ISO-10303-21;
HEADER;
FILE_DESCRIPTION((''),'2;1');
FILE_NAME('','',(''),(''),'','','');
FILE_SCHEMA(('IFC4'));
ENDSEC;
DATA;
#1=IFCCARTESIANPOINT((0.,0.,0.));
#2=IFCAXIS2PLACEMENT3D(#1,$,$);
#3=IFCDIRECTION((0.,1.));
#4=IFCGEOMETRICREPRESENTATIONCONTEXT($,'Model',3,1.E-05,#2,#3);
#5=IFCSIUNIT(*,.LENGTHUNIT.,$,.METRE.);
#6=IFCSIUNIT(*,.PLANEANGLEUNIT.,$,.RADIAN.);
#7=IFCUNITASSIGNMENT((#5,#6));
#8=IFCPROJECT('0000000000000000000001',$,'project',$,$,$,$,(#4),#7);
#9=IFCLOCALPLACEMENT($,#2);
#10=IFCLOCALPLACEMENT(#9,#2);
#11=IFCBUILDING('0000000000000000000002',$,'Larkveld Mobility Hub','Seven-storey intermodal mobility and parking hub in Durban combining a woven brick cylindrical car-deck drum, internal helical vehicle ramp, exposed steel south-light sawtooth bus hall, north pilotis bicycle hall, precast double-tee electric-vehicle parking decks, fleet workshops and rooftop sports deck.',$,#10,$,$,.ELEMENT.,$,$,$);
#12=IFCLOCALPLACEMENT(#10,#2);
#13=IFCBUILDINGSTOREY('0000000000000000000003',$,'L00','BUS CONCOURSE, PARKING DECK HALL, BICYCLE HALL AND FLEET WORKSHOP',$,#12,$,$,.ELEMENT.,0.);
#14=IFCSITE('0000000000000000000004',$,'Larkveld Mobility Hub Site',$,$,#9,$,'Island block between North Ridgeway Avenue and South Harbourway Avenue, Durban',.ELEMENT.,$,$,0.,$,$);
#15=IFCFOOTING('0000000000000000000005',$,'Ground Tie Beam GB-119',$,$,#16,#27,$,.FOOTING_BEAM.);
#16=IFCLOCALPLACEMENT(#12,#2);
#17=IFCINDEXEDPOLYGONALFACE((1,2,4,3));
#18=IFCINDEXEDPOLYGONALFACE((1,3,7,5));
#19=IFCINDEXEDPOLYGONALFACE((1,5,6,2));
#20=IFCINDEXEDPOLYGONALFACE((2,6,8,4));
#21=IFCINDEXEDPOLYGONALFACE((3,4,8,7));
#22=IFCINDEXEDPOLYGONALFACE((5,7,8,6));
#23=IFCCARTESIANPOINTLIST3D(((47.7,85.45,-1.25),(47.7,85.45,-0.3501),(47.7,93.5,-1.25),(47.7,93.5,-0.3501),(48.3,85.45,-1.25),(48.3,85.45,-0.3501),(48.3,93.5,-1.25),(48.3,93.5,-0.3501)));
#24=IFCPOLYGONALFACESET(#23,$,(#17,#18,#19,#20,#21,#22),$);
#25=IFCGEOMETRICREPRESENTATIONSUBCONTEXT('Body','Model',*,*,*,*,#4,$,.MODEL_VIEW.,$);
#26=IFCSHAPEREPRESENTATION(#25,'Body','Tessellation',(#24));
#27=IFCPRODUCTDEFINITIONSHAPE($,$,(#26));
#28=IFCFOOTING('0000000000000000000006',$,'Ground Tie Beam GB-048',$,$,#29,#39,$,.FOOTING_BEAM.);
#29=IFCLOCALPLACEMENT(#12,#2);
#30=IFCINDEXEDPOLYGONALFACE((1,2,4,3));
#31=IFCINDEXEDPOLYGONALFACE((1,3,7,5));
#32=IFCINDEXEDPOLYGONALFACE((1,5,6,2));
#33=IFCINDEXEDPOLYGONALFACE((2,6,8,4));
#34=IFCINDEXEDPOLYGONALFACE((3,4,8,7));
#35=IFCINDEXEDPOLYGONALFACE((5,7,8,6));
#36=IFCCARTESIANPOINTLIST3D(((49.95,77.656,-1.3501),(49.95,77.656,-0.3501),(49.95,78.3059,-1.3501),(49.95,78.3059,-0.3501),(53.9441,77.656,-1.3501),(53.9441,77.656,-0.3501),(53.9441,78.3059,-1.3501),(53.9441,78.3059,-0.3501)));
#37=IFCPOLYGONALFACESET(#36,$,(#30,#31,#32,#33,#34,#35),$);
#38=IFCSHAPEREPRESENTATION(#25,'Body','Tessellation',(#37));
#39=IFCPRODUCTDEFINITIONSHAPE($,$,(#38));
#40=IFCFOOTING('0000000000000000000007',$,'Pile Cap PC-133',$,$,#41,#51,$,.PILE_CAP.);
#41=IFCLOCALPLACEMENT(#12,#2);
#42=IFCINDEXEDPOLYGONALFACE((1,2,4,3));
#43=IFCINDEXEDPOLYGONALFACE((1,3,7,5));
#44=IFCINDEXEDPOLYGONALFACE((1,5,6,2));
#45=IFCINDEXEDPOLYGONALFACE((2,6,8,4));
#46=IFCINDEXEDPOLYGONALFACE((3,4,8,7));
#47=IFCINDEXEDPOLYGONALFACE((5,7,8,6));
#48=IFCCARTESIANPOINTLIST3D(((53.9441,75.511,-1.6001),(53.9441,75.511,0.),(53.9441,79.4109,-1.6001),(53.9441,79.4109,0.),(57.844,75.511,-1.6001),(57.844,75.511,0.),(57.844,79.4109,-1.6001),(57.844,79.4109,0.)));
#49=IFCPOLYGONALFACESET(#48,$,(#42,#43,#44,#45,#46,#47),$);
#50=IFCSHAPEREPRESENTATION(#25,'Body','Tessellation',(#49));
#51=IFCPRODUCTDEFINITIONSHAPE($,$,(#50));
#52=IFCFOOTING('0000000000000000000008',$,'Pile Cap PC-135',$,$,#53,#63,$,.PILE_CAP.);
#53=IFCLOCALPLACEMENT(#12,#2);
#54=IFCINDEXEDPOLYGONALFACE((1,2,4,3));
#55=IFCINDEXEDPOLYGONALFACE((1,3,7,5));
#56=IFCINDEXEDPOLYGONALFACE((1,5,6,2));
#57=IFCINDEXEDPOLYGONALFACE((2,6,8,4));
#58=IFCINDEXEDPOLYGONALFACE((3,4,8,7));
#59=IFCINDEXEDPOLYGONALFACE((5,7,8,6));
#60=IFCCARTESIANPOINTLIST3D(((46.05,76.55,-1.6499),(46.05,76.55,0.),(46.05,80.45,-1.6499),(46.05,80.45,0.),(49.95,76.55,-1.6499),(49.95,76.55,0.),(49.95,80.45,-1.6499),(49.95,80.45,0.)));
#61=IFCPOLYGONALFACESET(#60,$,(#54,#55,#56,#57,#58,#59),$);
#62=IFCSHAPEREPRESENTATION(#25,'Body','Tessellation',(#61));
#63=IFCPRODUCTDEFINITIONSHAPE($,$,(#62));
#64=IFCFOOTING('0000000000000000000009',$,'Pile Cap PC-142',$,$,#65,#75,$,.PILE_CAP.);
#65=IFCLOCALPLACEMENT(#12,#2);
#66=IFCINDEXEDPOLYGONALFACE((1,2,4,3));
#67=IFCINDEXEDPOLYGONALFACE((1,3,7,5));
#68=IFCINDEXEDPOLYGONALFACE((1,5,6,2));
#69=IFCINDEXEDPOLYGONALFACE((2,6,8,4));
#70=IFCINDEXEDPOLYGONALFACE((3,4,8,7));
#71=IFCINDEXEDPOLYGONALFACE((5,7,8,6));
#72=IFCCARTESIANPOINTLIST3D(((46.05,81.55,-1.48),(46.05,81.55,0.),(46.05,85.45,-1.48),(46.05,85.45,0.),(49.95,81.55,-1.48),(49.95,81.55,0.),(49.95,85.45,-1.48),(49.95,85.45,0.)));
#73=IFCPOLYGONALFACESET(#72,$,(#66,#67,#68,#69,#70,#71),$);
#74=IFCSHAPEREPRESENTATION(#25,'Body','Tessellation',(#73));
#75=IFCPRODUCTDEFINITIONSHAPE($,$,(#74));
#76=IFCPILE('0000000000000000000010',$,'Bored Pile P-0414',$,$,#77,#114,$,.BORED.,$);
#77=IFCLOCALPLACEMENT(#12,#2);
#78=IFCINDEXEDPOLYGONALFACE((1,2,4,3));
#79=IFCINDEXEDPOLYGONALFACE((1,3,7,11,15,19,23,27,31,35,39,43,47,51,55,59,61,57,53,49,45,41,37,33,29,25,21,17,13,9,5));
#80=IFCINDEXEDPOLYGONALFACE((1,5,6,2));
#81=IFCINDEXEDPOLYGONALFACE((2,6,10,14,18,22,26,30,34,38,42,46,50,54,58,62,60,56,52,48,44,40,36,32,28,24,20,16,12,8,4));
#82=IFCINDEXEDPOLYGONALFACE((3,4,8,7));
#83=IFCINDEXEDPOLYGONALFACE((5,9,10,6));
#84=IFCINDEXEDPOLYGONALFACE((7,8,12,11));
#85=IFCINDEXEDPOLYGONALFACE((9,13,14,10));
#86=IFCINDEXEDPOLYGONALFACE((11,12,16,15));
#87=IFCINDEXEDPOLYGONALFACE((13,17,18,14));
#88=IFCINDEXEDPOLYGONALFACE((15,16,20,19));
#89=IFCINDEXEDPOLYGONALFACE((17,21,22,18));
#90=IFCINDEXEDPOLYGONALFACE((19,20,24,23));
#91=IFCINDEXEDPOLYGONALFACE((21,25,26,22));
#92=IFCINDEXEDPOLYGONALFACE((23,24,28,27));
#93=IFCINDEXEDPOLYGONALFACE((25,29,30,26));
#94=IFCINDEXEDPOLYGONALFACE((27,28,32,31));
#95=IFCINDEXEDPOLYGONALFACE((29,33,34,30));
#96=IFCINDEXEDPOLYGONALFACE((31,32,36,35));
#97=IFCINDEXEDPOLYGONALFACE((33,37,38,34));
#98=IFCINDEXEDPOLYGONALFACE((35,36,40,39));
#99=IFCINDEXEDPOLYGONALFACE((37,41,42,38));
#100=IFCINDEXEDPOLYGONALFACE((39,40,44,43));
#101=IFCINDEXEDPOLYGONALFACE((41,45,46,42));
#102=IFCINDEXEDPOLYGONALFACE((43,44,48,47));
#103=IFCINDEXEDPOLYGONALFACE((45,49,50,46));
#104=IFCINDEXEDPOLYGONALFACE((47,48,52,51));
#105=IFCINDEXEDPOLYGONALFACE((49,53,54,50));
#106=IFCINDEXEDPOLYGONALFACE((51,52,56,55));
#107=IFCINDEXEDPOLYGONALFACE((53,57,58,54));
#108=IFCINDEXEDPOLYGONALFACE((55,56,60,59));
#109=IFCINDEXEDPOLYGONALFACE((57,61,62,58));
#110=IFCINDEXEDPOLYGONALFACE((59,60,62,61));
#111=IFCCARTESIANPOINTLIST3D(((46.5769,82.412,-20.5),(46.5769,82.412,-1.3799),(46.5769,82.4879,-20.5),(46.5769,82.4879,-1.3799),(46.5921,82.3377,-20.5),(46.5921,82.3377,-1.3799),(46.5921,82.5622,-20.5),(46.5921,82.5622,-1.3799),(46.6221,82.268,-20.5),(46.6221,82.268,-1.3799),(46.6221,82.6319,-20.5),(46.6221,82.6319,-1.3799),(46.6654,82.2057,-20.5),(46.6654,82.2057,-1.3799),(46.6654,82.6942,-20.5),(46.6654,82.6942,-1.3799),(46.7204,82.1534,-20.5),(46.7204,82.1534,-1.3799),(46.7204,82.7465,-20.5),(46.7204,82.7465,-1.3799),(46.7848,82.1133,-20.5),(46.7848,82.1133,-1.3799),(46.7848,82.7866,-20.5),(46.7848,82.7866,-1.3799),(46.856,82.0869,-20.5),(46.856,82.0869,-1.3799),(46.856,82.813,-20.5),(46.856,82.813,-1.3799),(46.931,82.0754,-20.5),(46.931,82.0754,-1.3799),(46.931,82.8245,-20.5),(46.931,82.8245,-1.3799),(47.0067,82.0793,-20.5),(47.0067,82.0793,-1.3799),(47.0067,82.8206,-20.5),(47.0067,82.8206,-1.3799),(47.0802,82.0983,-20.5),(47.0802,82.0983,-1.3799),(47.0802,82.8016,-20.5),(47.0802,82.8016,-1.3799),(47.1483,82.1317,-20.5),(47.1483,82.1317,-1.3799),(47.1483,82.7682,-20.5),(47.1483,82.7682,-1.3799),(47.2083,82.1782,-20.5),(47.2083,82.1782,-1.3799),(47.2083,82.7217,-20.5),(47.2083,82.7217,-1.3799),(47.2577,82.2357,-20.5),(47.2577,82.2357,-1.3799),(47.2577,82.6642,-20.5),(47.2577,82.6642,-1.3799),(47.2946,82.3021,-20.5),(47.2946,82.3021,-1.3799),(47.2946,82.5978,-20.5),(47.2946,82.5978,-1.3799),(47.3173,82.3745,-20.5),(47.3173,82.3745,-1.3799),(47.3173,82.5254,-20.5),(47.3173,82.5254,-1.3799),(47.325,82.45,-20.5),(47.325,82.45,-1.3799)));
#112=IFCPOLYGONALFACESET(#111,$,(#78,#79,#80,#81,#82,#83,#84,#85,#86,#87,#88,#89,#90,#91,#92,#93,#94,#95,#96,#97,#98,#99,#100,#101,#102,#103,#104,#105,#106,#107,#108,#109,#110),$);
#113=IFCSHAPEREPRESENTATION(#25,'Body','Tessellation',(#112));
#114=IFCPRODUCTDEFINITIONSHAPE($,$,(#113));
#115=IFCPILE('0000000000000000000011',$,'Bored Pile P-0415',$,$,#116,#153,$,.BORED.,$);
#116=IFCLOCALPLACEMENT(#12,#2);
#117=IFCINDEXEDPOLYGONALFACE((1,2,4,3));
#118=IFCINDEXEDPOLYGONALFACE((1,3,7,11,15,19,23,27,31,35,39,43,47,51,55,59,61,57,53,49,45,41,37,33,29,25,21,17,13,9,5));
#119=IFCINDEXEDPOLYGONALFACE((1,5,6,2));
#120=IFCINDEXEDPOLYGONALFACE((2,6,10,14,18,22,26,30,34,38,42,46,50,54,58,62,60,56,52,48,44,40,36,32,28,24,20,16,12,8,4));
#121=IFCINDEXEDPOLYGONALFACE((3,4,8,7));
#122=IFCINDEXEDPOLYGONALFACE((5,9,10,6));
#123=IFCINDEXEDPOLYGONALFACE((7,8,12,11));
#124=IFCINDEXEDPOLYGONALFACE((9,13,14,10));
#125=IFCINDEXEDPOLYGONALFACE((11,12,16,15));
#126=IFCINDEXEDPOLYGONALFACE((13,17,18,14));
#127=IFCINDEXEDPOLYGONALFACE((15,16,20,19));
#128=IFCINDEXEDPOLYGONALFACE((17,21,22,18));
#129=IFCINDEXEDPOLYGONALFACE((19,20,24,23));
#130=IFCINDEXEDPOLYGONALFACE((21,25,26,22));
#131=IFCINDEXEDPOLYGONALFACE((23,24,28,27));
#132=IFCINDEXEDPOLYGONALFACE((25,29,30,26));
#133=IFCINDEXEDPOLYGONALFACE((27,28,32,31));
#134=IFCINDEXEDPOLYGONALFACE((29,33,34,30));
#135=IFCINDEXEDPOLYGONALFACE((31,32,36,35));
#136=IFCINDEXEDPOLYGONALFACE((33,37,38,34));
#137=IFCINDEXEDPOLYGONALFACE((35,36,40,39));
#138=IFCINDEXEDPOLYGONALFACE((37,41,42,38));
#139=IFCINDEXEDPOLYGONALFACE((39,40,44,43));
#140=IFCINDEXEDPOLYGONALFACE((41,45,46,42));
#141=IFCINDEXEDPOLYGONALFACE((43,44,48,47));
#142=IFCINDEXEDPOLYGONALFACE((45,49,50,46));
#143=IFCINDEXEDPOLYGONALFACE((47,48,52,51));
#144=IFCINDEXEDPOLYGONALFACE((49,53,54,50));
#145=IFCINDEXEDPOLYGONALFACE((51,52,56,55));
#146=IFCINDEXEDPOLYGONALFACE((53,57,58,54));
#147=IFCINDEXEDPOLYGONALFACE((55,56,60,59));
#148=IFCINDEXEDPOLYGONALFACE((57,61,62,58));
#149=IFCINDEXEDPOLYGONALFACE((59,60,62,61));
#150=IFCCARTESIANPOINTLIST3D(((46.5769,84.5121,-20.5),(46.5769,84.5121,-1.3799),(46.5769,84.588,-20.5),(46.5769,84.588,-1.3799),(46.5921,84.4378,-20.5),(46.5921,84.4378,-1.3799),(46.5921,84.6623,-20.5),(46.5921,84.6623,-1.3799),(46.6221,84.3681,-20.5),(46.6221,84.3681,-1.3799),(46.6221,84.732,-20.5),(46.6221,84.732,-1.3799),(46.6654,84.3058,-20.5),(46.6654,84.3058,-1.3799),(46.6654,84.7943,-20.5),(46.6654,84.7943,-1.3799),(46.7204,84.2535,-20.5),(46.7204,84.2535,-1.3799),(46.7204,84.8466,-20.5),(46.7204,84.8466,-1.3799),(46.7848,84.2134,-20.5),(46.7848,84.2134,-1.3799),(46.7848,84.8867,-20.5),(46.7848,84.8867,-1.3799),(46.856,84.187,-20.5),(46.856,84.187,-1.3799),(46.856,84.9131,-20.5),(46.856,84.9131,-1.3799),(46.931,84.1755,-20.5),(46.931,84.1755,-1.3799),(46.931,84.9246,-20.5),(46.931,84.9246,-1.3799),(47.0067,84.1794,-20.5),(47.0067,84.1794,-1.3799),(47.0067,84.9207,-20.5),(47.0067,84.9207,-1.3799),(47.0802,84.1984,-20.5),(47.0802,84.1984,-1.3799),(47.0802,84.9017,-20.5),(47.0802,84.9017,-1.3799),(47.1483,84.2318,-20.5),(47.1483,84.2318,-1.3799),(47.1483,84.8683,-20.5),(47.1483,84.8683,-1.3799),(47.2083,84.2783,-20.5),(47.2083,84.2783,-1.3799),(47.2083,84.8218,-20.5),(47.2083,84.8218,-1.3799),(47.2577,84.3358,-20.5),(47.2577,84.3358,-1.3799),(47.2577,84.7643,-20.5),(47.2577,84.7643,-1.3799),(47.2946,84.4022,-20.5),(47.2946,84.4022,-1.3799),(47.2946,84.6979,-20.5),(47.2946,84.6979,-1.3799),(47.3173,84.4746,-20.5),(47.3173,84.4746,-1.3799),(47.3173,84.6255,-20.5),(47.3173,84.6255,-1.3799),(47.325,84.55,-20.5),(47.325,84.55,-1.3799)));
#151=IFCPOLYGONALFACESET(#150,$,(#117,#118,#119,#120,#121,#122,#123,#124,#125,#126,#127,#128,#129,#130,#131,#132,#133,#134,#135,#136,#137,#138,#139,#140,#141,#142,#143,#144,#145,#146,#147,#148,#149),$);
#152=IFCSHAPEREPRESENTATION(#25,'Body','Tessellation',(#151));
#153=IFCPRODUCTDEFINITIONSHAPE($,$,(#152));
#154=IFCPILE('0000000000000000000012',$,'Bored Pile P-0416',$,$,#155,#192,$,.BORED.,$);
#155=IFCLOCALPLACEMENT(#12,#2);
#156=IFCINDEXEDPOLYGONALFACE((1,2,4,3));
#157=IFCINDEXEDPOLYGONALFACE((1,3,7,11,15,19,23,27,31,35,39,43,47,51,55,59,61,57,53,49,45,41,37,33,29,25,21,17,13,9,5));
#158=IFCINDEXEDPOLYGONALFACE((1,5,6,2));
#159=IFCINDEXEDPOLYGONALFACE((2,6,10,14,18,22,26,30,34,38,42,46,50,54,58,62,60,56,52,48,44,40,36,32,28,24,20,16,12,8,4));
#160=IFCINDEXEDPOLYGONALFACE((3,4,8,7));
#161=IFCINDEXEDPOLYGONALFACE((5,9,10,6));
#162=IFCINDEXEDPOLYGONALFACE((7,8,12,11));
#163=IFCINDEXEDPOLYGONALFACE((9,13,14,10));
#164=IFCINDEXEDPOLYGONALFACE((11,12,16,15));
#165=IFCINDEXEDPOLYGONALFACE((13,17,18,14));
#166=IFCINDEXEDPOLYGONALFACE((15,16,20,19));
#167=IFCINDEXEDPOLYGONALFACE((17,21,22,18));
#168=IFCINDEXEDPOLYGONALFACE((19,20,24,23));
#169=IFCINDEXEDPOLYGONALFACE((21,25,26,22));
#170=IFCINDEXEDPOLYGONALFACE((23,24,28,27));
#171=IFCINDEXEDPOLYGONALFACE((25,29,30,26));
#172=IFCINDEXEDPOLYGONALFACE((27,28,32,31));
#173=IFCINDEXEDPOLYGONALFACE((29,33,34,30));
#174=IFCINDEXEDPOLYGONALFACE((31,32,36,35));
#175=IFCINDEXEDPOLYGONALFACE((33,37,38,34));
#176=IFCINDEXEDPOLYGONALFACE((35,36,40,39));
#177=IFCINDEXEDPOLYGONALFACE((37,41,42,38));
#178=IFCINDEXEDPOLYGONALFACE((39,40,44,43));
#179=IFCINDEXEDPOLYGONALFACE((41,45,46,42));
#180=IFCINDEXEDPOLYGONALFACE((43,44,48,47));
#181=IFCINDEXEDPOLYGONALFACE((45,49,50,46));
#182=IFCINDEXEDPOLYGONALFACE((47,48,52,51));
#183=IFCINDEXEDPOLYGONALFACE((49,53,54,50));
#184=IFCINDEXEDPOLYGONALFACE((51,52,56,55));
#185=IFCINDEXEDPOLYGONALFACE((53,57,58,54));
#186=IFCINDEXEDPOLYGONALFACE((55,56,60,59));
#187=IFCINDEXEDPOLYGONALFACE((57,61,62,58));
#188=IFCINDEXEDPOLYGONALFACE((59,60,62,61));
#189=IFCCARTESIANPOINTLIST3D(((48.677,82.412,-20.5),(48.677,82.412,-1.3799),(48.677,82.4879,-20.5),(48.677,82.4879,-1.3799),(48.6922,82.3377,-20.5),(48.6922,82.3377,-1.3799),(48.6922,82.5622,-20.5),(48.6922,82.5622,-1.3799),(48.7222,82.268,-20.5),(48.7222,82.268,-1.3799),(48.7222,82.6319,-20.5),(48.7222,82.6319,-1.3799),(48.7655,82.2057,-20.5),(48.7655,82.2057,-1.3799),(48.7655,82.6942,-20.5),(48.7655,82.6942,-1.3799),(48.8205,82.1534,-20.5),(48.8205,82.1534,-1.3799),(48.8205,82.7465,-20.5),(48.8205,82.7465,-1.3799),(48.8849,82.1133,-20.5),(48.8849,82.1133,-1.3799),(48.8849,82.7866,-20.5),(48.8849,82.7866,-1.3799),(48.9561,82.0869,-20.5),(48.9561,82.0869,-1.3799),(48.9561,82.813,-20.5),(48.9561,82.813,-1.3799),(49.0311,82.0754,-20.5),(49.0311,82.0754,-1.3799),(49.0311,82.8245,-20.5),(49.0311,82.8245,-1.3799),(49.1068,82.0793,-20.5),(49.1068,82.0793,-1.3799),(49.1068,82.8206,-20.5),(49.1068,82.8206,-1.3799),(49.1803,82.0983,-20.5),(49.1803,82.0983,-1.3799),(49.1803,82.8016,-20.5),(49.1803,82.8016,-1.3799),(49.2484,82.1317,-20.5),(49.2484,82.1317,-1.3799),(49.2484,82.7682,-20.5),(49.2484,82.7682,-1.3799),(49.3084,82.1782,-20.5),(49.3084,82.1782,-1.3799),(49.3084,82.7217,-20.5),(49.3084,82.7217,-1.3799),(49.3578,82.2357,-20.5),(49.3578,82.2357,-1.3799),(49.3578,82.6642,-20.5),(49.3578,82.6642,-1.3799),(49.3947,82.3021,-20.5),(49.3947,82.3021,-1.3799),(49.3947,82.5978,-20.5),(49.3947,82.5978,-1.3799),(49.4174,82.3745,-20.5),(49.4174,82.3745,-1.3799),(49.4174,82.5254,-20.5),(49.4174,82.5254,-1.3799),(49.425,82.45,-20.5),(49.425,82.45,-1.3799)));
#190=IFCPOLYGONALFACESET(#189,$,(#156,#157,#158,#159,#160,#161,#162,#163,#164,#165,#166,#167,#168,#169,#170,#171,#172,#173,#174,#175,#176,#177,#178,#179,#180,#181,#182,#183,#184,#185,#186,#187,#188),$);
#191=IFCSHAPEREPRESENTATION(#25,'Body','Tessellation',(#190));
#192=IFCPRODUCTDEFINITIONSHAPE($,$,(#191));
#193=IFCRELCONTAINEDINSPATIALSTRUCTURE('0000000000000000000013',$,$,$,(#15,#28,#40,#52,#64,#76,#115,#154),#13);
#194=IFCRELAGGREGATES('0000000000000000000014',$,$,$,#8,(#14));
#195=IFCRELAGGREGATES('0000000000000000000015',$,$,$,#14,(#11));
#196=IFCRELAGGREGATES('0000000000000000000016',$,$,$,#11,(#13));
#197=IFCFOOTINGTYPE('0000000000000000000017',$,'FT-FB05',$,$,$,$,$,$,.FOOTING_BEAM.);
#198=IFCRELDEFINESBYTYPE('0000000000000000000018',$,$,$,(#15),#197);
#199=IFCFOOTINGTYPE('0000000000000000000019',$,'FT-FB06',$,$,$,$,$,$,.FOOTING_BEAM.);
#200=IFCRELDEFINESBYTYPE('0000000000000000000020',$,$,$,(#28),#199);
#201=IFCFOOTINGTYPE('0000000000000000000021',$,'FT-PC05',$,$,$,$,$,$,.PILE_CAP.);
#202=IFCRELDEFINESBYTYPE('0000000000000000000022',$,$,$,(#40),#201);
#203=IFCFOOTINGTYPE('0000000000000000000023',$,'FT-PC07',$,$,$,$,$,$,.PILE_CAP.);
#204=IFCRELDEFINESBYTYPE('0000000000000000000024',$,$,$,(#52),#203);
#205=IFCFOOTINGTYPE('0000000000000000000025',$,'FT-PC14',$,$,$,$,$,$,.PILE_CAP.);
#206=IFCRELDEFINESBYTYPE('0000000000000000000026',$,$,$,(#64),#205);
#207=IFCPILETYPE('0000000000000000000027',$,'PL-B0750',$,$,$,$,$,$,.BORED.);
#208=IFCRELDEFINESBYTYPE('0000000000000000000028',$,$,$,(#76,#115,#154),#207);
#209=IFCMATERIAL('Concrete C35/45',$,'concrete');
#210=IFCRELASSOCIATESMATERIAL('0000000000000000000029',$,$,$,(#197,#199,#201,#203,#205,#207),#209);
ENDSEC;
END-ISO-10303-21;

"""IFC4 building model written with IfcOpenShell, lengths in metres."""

from ifc_helpers import new_model, si_unit, direction, frame, origin, origin_2d, place, context, subcontext, project, spatial, rectangle, circle, extrude, material, material_profile, profile_set, type_object, element, save


model = new_model("IFC4")

# Units and contexts
model_context = context("Model", 3, precision=1e-05, world=origin(), true_north=direction((0.0, 1.0)))
body_context = subcontext(model_context, "Body", "Model", "MODEL_VIEW")
ifc_project = project(units=[si_unit("LENGTHUNIT", "METRE"), si_unit("PLANEANGLEUNIT", "RADIAN")], contexts=[model_context])

# Site, building, storey
site_placement = place(None, origin())
site = spatial("IfcSite", under=ifc_project, at=site_placement, Name="Larkveld Mobility Hub Site", LongName="Island block between North Ridgeway Avenue and South Harbourway Avenue, Durban", CompositionType="ELEMENT", RefElevation=0.0)
building_placement = place(site_placement, origin())
building = spatial("IfcBuilding", under=site, at=building_placement, Name="Larkveld Mobility Hub", Description="Seven-storey intermodal mobility and parking hub in Durban combining a woven brick cylindrical car-deck drum, internal helical vehicle ramp, exposed steel south-light sawtooth bus hall, north pilotis bicycle hall, precast double-tee electric-vehicle parking decks, fleet workshops and rooftop sports deck.", CompositionType="ELEMENT")
storey_placement = place(building_placement, origin())
storey = spatial("IfcBuildingStorey", under=building, at=storey_placement, Name="L00", Description="BUS CONCOURSE, PARKING DECK HALL, BICYCLE HALL AND FLEET WORKSHOP", CompositionType="ELEMENT", Elevation=0.0)

# Footings
ifc_material_1 = material(Name="Concrete C35/45", Category="concrete")
ifc_material_profile_1 = material_profile(ifc_material_1, rectangle(XDim=0.6001, YDim=0.8999, at=origin_2d()), Name="RC BM 600x900")
ifc_profile_set_1 = profile_set([ifc_material_profile_1], Name="Concrete C35/45")
footing_type_1 = type_object("IfcFootingType", Name="FT-FB05", PredefinedType="FOOTING_BEAM", material=ifc_profile_set_1)
footing_1_placement = place(storey_placement, frame((48.0, 85.45, -0.8), z_axis=(0.0, 1.0, 0.0), x_axis=(-1.0, 0.0, 0.0)))
element("IfcFooting", 1, at=footing_1_placement, inside=storey, type_object=footing_type_1, Name="Ground Tie Beam GB-119", PredefinedType="FOOTING_BEAM", context=body_context, shape_type="SweptSolid", body=[
    extrude(rectangle(XDim=0.6001, YDim=0.8999, at=origin_2d()), origin(), (0.0, 0.0, 1.0), 8.05),
])
ifc_material_profile_2 = material_profile(ifc_material_1, rectangle(XDim=0.6499, YDim=1.0, at=origin_2d()), Name="RC BM 650x1000")
ifc_profile_set_2 = profile_set([ifc_material_profile_2], Name="Concrete C35/45")
footing_type_2 = type_object("IfcFootingType", Name="FT-FB06", PredefinedType="FOOTING_BEAM", material=ifc_profile_set_2)
footing_2_placement = place(storey_placement, frame((49.95, 77.981, -0.8501), z_axis=(1.0, 0.0, 0.0), x_axis=(0.0, 1.0, 0.0)))
element("IfcFooting", 2, at=footing_2_placement, inside=storey, type_object=footing_type_2, Name="Ground Tie Beam GB-048", PredefinedType="FOOTING_BEAM", context=body_context, shape_type="SweptSolid", body=[
    extrude(rectangle(XDim=0.6499, YDim=1.0, at=origin_2d()), origin(), (0.0, 0.0, 1.0), 3.9941),
])
footing_type_3 = type_object("IfcFootingType", Name="FT-PC05", PredefinedType="PILE_CAP", material=ifc_material_1)
footing_3_placement = place(storey_placement, frame((55.894, 77.4609, -1.6001), z_axis=(0.0, 0.0, 1.0), x_axis=(1.0, 0.0, 0.0)))
element("IfcFooting", 3, at=footing_3_placement, inside=storey, type_object=footing_type_3, Name="Pile Cap PC-133", PredefinedType="PILE_CAP", context=body_context, shape_type="SweptSolid", body=[
    extrude(rectangle(XDim=3.8999, YDim=3.8999, at=origin_2d()), origin(), (0.0, 0.0, 1.0), 1.6001),
])
footing_type_4 = type_object("IfcFootingType", Name="FT-PC07", PredefinedType="PILE_CAP", material=ifc_material_1)
footing_4_placement = place(storey_placement, frame((48.0, 78.5, -1.6499), z_axis=(0.0, 0.0, 1.0), x_axis=(1.0, 0.0, 0.0)))
element("IfcFooting", 4, at=footing_4_placement, inside=storey, type_object=footing_type_4, Name="Pile Cap PC-135", PredefinedType="PILE_CAP", context=body_context, shape_type="SweptSolid", body=[
    extrude(rectangle(XDim=3.8999, YDim=3.8999, at=origin_2d()), origin(), (0.0, 0.0, 1.0), 1.6499),
])
footing_type_5 = type_object("IfcFootingType", Name="FT-PC14", PredefinedType="PILE_CAP", material=ifc_material_1)
footing_5_placement = place(storey_placement, frame((48.0, 83.5, -1.48), z_axis=(0.0, 0.0, 1.0), x_axis=(1.0, 0.0, 0.0)))
element("IfcFooting", 5, at=footing_5_placement, inside=storey, type_object=footing_type_5, Name="Pile Cap PC-142", PredefinedType="PILE_CAP", context=body_context, shape_type="SweptSolid", body=[
    extrude(rectangle(XDim=3.8999, YDim=3.8999, at=origin_2d()), origin(), (0.0, 0.0, 1.0), 1.48),
])

# Piles
ifc_material_profile_3 = material_profile(ifc_material_1, circle(Radius=0.375, at=origin_2d()), Name="PILE D750")
ifc_profile_set_3 = profile_set([ifc_material_profile_3], Name="Concrete C35/45")
pile_type_1 = type_object("IfcPileType", Name="PL-B0750", PredefinedType="BORED", material=ifc_profile_set_3)
for number, where, z_axis, x_axis, name in (
    (6, (46.95, 82.45, -1.3799), (0.0, 0.0, -1.0), (1.0, 0.0, 0.0), "Bored Pile P-0414"),
    (7, (46.95, 84.55, -1.3799), (0.0, 0.0, -1.0), (1.0, 0.0, 0.0), "Bored Pile P-0415"),
    (8, (49.05, 82.45, -1.3799), (0.0, 0.0, -1.0), (1.0, 0.0, 0.0), "Bored Pile P-0416"),
):
    element("IfcPile", number, at=place(storey_placement, frame(where, z_axis=z_axis, x_axis=x_axis)), inside=storey, type_object=pile_type_1, Name=name, PredefinedType="BORED", context=body_context, shape_type="SweptSolid", body=[
        extrude(circle(Radius=0.375, at=origin_2d()), origin(), (0.0, 0.0, 1.0), 19.1201),
    ])

save(model, "model.ifc")
